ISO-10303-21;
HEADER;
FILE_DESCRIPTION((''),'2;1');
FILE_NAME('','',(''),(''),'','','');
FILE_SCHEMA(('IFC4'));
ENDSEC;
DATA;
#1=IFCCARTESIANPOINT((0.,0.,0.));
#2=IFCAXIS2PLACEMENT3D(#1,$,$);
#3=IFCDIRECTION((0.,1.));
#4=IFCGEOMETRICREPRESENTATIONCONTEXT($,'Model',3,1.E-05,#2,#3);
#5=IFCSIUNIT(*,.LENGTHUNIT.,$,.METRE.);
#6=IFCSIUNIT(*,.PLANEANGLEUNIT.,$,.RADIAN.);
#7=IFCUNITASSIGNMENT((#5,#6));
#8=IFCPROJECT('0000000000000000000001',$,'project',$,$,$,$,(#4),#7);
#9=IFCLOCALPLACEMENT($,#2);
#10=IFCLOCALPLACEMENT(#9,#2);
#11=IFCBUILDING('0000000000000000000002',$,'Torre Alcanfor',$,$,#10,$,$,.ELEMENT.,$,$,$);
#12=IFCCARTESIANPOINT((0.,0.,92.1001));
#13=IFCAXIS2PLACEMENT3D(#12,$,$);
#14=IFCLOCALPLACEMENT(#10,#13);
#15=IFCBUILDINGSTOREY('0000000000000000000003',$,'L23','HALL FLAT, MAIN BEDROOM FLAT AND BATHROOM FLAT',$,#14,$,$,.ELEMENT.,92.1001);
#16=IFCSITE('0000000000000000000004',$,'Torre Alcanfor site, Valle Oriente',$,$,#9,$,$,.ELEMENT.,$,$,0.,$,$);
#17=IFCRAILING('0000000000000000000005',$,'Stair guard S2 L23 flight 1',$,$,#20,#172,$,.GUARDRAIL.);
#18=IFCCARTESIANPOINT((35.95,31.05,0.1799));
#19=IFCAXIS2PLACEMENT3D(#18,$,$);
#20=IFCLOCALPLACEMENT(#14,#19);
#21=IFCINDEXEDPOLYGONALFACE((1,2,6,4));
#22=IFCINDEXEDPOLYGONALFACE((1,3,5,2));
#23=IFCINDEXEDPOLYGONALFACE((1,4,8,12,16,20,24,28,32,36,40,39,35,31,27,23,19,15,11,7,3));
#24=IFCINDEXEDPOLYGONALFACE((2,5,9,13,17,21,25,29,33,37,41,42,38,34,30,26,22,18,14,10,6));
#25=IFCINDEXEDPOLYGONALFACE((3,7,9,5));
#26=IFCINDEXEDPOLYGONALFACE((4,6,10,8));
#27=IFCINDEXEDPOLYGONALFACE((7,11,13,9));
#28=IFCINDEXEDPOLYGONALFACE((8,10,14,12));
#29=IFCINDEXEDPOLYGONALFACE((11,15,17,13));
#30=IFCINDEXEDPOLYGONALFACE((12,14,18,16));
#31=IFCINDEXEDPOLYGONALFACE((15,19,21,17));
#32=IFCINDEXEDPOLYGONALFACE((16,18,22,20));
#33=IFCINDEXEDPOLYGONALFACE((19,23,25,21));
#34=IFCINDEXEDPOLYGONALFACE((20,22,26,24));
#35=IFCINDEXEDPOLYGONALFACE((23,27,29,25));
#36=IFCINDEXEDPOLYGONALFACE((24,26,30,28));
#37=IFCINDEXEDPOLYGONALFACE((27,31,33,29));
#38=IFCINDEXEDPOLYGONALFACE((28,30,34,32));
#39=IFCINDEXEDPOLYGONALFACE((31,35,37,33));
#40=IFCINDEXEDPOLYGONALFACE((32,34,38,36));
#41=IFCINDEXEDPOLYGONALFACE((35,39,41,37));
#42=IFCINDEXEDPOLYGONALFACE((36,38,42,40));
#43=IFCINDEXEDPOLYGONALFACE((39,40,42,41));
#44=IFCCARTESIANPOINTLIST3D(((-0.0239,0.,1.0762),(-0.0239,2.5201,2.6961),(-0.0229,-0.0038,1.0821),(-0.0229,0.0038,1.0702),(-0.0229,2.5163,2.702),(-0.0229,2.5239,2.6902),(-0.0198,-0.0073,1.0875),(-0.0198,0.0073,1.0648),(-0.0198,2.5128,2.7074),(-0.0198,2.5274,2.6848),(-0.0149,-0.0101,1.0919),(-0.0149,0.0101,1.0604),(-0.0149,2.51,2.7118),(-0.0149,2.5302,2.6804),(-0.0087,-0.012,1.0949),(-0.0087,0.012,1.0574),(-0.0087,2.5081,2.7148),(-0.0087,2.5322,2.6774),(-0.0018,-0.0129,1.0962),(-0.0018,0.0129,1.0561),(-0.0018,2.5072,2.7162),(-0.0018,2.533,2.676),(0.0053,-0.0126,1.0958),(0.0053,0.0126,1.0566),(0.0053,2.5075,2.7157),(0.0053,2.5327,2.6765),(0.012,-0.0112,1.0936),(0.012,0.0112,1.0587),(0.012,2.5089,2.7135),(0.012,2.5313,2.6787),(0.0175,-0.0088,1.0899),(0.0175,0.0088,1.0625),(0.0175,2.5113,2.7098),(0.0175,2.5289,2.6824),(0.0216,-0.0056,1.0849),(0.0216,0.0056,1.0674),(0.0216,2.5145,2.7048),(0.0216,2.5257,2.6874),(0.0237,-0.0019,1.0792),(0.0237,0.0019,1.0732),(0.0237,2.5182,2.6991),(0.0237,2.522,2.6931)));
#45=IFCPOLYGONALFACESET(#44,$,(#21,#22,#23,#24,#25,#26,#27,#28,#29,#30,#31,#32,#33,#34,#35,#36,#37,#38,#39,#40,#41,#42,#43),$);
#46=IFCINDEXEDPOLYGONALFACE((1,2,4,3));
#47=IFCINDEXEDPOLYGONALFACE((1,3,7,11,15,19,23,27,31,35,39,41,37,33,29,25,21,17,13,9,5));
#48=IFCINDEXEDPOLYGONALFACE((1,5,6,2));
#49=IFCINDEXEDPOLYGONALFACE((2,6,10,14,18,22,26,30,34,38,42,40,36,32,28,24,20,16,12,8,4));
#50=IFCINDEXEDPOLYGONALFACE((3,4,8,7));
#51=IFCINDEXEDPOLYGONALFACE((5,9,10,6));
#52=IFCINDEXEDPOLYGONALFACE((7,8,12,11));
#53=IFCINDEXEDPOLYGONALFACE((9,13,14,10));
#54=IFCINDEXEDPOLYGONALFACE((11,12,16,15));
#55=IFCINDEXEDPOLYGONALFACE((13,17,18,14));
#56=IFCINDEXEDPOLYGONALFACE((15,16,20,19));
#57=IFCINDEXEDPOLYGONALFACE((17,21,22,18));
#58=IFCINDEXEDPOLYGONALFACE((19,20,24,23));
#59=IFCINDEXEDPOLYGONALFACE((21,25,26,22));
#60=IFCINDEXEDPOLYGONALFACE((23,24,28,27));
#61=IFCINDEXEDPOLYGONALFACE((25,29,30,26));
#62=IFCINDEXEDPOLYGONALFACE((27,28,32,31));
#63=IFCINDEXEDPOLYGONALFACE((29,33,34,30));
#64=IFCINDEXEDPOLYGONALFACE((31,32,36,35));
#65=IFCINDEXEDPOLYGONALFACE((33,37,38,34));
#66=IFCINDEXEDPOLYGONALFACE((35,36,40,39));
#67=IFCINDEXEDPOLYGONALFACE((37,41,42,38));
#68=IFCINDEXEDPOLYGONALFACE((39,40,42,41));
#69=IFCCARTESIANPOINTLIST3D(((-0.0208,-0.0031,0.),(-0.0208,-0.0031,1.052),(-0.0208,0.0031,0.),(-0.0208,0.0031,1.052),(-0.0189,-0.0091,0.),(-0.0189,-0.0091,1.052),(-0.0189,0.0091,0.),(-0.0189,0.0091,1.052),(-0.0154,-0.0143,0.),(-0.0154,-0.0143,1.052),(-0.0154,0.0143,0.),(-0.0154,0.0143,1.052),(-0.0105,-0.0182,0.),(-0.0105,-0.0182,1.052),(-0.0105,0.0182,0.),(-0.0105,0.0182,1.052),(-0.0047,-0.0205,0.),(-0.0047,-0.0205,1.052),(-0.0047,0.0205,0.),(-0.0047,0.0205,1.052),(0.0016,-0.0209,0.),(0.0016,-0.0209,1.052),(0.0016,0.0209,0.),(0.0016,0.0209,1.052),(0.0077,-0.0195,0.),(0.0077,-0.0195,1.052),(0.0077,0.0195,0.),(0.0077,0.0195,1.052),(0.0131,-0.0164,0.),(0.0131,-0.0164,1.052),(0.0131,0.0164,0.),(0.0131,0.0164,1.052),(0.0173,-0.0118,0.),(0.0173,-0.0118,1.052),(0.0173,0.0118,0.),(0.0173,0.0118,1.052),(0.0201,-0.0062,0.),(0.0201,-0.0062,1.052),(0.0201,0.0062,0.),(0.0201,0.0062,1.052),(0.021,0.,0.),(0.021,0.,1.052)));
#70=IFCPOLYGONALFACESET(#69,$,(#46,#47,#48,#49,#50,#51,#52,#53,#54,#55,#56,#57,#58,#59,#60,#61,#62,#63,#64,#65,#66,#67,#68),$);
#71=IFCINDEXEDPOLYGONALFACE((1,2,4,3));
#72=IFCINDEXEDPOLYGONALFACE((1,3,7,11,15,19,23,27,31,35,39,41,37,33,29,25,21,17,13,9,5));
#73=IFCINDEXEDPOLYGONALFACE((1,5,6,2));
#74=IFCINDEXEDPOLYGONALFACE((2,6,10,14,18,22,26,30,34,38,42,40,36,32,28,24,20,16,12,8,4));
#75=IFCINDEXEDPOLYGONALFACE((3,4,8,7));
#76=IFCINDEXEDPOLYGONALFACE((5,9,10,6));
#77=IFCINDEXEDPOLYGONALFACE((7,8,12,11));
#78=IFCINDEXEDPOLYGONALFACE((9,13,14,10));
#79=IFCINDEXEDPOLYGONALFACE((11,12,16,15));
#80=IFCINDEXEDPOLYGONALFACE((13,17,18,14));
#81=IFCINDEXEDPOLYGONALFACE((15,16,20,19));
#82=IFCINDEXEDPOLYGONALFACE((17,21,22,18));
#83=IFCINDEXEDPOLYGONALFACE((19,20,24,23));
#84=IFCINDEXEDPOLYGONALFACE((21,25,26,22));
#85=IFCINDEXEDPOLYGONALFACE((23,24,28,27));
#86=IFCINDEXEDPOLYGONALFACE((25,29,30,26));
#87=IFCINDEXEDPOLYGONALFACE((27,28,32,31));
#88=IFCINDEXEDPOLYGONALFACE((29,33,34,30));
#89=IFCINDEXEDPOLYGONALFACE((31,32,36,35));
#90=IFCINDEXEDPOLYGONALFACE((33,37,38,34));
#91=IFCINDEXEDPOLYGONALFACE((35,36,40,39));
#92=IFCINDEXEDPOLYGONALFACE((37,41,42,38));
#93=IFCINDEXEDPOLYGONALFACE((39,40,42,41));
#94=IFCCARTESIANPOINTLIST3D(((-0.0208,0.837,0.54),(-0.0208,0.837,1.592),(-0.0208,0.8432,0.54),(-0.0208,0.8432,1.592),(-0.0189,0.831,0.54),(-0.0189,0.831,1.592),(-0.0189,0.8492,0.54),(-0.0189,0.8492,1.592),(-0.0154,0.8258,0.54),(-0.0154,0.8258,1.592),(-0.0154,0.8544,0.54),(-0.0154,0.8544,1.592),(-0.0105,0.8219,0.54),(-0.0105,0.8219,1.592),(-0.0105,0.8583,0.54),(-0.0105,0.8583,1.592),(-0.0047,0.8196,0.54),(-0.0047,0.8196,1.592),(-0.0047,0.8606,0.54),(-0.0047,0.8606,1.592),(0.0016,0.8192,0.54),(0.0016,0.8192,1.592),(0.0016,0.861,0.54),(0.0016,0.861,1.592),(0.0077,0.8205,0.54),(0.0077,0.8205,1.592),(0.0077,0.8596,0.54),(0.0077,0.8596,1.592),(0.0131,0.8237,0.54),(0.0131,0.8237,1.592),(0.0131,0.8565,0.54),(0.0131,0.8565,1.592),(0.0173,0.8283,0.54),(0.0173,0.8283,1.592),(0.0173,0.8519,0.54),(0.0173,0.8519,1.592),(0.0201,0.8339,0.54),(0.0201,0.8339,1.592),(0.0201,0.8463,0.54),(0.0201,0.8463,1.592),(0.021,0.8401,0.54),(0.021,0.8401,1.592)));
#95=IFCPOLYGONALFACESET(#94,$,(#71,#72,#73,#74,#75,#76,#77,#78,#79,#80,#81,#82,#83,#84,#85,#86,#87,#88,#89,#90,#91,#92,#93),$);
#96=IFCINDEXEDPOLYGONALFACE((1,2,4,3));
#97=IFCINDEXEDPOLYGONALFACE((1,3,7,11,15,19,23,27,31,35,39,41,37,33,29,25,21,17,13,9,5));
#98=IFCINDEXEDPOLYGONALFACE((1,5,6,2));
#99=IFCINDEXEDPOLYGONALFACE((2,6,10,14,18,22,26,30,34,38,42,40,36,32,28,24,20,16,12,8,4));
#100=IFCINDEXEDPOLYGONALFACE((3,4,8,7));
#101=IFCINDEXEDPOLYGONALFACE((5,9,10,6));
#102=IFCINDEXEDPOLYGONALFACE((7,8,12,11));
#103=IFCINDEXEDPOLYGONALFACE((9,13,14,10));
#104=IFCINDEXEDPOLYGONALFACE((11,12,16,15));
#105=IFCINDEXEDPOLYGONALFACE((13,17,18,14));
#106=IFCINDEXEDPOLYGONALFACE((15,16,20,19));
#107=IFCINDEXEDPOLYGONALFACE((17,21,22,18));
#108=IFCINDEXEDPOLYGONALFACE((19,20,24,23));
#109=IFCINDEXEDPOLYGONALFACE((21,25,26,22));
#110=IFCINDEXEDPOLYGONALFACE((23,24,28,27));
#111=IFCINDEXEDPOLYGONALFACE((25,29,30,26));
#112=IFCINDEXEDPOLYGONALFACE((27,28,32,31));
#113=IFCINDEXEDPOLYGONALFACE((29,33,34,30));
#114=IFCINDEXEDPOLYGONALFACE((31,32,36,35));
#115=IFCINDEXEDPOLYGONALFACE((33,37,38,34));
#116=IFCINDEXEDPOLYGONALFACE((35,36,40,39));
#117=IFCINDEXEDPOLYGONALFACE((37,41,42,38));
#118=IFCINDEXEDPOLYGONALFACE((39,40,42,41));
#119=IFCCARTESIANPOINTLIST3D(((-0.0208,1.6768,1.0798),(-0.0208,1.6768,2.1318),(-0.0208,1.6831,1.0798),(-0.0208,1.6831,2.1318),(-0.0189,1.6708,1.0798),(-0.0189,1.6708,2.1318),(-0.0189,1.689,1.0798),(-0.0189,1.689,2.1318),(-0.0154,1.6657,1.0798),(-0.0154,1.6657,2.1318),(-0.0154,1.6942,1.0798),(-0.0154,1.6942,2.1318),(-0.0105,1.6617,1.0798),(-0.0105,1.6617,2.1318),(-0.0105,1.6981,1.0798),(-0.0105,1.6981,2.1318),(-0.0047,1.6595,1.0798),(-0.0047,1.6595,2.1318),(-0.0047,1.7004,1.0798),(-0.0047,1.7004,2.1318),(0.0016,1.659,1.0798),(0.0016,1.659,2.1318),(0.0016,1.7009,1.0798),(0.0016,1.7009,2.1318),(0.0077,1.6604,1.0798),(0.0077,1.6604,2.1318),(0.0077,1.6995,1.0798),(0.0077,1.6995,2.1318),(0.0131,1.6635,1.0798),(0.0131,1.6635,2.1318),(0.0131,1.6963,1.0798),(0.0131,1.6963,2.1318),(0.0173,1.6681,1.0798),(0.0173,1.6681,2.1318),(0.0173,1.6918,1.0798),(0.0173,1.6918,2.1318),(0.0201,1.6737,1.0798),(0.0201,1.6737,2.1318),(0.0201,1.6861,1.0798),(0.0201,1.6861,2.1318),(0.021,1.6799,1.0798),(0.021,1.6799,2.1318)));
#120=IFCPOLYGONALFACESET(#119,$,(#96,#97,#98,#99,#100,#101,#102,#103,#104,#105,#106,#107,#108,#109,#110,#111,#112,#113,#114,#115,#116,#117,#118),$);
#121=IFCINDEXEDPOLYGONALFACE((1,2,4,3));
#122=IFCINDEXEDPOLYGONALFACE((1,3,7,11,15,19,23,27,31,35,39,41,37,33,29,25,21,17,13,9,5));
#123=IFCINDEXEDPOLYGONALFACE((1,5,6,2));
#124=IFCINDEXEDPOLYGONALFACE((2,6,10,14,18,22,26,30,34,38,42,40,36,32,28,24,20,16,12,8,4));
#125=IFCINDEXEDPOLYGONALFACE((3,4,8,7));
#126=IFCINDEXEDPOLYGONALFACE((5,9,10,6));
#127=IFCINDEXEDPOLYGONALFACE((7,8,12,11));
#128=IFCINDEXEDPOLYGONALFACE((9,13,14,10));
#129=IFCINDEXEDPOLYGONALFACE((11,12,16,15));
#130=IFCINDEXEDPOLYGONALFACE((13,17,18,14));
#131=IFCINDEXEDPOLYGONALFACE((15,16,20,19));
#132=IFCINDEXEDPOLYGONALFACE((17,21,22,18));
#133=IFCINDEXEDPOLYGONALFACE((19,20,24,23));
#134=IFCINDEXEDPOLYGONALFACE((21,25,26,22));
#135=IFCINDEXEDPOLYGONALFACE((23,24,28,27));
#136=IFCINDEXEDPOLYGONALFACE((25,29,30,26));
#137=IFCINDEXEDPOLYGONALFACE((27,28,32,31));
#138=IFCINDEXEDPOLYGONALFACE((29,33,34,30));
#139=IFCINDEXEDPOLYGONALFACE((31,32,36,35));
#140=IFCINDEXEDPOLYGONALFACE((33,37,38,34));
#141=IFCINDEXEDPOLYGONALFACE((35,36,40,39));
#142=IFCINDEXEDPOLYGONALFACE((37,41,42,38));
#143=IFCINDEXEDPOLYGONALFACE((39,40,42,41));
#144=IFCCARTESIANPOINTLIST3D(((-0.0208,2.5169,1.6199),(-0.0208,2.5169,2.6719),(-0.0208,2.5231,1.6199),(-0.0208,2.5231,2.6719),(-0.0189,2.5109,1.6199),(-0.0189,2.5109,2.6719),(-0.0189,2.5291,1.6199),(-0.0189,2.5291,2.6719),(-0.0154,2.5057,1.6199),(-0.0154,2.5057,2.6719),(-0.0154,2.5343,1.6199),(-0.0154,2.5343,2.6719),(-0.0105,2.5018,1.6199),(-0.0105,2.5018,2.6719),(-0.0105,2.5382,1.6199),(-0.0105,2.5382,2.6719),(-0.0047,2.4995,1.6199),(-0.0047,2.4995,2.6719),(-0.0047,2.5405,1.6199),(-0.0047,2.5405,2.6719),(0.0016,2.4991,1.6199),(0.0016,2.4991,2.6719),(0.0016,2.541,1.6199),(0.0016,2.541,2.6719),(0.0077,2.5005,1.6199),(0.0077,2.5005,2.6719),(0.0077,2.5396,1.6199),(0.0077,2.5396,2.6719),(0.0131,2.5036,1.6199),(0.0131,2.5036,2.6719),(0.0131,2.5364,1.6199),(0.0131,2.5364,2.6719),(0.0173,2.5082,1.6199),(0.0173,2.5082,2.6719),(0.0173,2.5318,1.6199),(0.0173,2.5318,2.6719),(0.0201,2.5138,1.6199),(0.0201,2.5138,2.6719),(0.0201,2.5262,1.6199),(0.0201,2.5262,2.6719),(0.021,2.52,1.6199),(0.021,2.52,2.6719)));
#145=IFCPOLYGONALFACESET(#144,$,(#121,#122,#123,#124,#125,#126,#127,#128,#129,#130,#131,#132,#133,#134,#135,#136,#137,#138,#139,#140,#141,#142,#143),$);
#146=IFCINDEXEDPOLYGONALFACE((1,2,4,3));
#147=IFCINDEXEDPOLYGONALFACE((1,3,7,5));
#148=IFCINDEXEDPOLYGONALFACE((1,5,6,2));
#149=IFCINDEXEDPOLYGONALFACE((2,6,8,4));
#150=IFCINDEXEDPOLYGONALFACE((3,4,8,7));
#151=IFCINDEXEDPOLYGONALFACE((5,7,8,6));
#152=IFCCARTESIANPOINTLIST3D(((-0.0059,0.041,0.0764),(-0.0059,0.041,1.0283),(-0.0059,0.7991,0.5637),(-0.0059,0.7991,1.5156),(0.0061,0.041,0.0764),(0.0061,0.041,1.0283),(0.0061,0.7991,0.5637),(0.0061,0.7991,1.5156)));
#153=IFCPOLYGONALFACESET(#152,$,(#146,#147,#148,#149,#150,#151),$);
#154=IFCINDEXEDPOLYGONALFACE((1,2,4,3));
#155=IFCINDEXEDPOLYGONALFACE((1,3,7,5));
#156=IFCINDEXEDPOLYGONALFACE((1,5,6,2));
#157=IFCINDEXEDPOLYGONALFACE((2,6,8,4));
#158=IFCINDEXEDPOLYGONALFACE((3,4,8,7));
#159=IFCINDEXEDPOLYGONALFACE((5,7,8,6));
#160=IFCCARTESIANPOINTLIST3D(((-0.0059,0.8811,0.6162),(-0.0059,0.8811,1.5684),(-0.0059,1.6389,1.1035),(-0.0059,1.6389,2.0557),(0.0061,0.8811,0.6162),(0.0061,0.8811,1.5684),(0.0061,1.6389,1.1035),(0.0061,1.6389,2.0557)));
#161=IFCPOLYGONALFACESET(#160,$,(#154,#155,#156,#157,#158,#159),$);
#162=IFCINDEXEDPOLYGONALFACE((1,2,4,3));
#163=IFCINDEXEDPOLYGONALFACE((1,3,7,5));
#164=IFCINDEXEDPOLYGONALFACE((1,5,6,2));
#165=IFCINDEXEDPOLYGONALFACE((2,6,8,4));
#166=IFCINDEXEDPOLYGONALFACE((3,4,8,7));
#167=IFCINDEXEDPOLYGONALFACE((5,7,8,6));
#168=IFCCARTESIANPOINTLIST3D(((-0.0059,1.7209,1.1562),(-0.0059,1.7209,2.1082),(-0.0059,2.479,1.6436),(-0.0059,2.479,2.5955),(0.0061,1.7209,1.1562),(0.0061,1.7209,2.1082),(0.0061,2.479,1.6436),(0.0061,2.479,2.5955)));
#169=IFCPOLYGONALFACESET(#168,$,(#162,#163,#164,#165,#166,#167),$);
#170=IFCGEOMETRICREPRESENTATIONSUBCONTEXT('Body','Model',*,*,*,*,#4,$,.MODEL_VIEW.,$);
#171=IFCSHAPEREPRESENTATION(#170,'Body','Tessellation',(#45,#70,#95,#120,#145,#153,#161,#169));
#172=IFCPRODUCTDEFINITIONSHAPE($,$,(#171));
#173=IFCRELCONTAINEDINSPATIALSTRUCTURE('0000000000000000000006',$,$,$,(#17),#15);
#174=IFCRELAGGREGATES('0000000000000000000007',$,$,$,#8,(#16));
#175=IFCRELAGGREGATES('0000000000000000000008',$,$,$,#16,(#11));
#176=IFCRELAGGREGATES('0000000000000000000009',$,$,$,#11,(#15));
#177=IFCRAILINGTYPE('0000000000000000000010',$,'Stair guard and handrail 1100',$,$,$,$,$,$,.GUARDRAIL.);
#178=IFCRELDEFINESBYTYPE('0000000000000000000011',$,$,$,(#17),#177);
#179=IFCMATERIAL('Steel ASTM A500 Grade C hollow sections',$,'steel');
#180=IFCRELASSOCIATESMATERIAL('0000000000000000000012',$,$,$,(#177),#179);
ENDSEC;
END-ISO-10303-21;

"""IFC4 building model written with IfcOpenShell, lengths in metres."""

from ifc_helpers import new_model, si_unit, direction, frame, origin, origin_2d, place, context, subcontext, project, spatial, polyline, circle, outline, extrude, material, type_object, element, save


model = new_model("IFC4")

# Units and contexts
model_context = context("Model", 3, precision=1e-05, world=origin(), true_north=direction((0.0, 1.0)))
body_context = subcontext(model_context, "Body", "Model", "MODEL_VIEW")
ifc_project = project(units=[si_unit("LENGTHUNIT", "METRE"), si_unit("PLANEANGLEUNIT", "RADIAN")], contexts=[model_context])

# Site, building, storey
site_placement = place(None, origin())
site = spatial("IfcSite", under=ifc_project, at=site_placement, Name="Torre Alcanfor site, Valle Oriente", CompositionType="ELEMENT", RefElevation=0.0)
building_placement = place(site_placement, origin())
building = spatial("IfcBuilding", under=site, at=building_placement, Name="Torre Alcanfor", CompositionType="ELEMENT")
storey_placement = place(building_placement, frame((0.0, 0.0, 92.1001)))
storey = spatial("IfcBuildingStorey", under=building, at=storey_placement, Name="L23", Description="HALL FLAT, MAIN BEDROOM FLAT AND BATHROOM FLAT", CompositionType="ELEMENT", Elevation=92.1001)

# Railing
ifc_material_1 = material(Name="Steel ASTM A500 Grade C hollow sections", Category="steel")
railing_type_1 = type_object("IfcRailingType", Name="Stair guard and handrail 1100", PredefinedType="GUARDRAIL", material=ifc_material_1)
railing_1_placement = place(storey_placement, frame((35.95, 31.05, 0.1799)))
element("IfcRailing", 1, at=railing_1_placement, inside=storey, type_object=railing_type_1, Name="Stair guard S2 L23 flight 1", PredefinedType="GUARDRAIL", context=body_context, shape_type="SweptSolid", body=[
    extrude(circle(Radius=0.0239, at=origin_2d()), frame((0.0, 0.0, 1.0762), z_axis=(0.0, 0.8412, 0.540725), x_axis=(-1.0, 0.0, 0.0)), (0.0, 0.0, 1.0), 2.9958),
    extrude(circle(Radius=0.021, at=origin_2d()), origin(), (0.0, 0.0, 1.0), 1.052),
    extrude(circle(Radius=0.021, at=origin_2d()), frame((0.0, 0.8401, 0.54)), (0.0, 0.0, 1.0), 1.052),
    extrude(circle(Radius=0.021, at=origin_2d()), frame((0.0, 1.6799, 1.0798)), (0.0, 0.0, 1.0), 1.052),
    extrude(circle(Radius=0.021, at=origin_2d()), frame((0.0, 2.52, 1.6199)), (0.0, 0.0, 1.0), 1.052),
    extrude(outline(polyline([(0.041, 0.0764), (0.7991, 0.5637), (0.7991, 1.5156), (0.041, 1.0283), (0.041, 0.0764)])), frame((-0.0059, 0.0, 0.0), z_axis=(1.0, 0.0, 0.0), x_axis=(0.0, 1.0, 0.0)), (0.0, 0.0, 1.0), 0.012),
    extrude(outline(polyline([(0.8811, 0.6162), (1.6389, 1.1035), (1.6389, 2.0557), (0.8811, 1.5684), (0.8811, 0.6162)])), frame((-0.0059, 0.0, 0.0), z_axis=(1.0, 0.0, 0.0), x_axis=(0.0, 1.0, 0.0)), (0.0, 0.0, 1.0), 0.012),
    extrude(outline(polyline([(1.7209, 1.1562), (2.479, 1.6436), (2.479, 2.5955), (1.7209, 2.1082), (1.7209, 1.1562)])), frame((-0.0059, 0.0, 0.0), z_axis=(1.0, 0.0, 0.0), x_axis=(0.0, 1.0, 0.0)), (0.0, 0.0, 1.0), 0.012),
])

save(model, "model.ifc")
